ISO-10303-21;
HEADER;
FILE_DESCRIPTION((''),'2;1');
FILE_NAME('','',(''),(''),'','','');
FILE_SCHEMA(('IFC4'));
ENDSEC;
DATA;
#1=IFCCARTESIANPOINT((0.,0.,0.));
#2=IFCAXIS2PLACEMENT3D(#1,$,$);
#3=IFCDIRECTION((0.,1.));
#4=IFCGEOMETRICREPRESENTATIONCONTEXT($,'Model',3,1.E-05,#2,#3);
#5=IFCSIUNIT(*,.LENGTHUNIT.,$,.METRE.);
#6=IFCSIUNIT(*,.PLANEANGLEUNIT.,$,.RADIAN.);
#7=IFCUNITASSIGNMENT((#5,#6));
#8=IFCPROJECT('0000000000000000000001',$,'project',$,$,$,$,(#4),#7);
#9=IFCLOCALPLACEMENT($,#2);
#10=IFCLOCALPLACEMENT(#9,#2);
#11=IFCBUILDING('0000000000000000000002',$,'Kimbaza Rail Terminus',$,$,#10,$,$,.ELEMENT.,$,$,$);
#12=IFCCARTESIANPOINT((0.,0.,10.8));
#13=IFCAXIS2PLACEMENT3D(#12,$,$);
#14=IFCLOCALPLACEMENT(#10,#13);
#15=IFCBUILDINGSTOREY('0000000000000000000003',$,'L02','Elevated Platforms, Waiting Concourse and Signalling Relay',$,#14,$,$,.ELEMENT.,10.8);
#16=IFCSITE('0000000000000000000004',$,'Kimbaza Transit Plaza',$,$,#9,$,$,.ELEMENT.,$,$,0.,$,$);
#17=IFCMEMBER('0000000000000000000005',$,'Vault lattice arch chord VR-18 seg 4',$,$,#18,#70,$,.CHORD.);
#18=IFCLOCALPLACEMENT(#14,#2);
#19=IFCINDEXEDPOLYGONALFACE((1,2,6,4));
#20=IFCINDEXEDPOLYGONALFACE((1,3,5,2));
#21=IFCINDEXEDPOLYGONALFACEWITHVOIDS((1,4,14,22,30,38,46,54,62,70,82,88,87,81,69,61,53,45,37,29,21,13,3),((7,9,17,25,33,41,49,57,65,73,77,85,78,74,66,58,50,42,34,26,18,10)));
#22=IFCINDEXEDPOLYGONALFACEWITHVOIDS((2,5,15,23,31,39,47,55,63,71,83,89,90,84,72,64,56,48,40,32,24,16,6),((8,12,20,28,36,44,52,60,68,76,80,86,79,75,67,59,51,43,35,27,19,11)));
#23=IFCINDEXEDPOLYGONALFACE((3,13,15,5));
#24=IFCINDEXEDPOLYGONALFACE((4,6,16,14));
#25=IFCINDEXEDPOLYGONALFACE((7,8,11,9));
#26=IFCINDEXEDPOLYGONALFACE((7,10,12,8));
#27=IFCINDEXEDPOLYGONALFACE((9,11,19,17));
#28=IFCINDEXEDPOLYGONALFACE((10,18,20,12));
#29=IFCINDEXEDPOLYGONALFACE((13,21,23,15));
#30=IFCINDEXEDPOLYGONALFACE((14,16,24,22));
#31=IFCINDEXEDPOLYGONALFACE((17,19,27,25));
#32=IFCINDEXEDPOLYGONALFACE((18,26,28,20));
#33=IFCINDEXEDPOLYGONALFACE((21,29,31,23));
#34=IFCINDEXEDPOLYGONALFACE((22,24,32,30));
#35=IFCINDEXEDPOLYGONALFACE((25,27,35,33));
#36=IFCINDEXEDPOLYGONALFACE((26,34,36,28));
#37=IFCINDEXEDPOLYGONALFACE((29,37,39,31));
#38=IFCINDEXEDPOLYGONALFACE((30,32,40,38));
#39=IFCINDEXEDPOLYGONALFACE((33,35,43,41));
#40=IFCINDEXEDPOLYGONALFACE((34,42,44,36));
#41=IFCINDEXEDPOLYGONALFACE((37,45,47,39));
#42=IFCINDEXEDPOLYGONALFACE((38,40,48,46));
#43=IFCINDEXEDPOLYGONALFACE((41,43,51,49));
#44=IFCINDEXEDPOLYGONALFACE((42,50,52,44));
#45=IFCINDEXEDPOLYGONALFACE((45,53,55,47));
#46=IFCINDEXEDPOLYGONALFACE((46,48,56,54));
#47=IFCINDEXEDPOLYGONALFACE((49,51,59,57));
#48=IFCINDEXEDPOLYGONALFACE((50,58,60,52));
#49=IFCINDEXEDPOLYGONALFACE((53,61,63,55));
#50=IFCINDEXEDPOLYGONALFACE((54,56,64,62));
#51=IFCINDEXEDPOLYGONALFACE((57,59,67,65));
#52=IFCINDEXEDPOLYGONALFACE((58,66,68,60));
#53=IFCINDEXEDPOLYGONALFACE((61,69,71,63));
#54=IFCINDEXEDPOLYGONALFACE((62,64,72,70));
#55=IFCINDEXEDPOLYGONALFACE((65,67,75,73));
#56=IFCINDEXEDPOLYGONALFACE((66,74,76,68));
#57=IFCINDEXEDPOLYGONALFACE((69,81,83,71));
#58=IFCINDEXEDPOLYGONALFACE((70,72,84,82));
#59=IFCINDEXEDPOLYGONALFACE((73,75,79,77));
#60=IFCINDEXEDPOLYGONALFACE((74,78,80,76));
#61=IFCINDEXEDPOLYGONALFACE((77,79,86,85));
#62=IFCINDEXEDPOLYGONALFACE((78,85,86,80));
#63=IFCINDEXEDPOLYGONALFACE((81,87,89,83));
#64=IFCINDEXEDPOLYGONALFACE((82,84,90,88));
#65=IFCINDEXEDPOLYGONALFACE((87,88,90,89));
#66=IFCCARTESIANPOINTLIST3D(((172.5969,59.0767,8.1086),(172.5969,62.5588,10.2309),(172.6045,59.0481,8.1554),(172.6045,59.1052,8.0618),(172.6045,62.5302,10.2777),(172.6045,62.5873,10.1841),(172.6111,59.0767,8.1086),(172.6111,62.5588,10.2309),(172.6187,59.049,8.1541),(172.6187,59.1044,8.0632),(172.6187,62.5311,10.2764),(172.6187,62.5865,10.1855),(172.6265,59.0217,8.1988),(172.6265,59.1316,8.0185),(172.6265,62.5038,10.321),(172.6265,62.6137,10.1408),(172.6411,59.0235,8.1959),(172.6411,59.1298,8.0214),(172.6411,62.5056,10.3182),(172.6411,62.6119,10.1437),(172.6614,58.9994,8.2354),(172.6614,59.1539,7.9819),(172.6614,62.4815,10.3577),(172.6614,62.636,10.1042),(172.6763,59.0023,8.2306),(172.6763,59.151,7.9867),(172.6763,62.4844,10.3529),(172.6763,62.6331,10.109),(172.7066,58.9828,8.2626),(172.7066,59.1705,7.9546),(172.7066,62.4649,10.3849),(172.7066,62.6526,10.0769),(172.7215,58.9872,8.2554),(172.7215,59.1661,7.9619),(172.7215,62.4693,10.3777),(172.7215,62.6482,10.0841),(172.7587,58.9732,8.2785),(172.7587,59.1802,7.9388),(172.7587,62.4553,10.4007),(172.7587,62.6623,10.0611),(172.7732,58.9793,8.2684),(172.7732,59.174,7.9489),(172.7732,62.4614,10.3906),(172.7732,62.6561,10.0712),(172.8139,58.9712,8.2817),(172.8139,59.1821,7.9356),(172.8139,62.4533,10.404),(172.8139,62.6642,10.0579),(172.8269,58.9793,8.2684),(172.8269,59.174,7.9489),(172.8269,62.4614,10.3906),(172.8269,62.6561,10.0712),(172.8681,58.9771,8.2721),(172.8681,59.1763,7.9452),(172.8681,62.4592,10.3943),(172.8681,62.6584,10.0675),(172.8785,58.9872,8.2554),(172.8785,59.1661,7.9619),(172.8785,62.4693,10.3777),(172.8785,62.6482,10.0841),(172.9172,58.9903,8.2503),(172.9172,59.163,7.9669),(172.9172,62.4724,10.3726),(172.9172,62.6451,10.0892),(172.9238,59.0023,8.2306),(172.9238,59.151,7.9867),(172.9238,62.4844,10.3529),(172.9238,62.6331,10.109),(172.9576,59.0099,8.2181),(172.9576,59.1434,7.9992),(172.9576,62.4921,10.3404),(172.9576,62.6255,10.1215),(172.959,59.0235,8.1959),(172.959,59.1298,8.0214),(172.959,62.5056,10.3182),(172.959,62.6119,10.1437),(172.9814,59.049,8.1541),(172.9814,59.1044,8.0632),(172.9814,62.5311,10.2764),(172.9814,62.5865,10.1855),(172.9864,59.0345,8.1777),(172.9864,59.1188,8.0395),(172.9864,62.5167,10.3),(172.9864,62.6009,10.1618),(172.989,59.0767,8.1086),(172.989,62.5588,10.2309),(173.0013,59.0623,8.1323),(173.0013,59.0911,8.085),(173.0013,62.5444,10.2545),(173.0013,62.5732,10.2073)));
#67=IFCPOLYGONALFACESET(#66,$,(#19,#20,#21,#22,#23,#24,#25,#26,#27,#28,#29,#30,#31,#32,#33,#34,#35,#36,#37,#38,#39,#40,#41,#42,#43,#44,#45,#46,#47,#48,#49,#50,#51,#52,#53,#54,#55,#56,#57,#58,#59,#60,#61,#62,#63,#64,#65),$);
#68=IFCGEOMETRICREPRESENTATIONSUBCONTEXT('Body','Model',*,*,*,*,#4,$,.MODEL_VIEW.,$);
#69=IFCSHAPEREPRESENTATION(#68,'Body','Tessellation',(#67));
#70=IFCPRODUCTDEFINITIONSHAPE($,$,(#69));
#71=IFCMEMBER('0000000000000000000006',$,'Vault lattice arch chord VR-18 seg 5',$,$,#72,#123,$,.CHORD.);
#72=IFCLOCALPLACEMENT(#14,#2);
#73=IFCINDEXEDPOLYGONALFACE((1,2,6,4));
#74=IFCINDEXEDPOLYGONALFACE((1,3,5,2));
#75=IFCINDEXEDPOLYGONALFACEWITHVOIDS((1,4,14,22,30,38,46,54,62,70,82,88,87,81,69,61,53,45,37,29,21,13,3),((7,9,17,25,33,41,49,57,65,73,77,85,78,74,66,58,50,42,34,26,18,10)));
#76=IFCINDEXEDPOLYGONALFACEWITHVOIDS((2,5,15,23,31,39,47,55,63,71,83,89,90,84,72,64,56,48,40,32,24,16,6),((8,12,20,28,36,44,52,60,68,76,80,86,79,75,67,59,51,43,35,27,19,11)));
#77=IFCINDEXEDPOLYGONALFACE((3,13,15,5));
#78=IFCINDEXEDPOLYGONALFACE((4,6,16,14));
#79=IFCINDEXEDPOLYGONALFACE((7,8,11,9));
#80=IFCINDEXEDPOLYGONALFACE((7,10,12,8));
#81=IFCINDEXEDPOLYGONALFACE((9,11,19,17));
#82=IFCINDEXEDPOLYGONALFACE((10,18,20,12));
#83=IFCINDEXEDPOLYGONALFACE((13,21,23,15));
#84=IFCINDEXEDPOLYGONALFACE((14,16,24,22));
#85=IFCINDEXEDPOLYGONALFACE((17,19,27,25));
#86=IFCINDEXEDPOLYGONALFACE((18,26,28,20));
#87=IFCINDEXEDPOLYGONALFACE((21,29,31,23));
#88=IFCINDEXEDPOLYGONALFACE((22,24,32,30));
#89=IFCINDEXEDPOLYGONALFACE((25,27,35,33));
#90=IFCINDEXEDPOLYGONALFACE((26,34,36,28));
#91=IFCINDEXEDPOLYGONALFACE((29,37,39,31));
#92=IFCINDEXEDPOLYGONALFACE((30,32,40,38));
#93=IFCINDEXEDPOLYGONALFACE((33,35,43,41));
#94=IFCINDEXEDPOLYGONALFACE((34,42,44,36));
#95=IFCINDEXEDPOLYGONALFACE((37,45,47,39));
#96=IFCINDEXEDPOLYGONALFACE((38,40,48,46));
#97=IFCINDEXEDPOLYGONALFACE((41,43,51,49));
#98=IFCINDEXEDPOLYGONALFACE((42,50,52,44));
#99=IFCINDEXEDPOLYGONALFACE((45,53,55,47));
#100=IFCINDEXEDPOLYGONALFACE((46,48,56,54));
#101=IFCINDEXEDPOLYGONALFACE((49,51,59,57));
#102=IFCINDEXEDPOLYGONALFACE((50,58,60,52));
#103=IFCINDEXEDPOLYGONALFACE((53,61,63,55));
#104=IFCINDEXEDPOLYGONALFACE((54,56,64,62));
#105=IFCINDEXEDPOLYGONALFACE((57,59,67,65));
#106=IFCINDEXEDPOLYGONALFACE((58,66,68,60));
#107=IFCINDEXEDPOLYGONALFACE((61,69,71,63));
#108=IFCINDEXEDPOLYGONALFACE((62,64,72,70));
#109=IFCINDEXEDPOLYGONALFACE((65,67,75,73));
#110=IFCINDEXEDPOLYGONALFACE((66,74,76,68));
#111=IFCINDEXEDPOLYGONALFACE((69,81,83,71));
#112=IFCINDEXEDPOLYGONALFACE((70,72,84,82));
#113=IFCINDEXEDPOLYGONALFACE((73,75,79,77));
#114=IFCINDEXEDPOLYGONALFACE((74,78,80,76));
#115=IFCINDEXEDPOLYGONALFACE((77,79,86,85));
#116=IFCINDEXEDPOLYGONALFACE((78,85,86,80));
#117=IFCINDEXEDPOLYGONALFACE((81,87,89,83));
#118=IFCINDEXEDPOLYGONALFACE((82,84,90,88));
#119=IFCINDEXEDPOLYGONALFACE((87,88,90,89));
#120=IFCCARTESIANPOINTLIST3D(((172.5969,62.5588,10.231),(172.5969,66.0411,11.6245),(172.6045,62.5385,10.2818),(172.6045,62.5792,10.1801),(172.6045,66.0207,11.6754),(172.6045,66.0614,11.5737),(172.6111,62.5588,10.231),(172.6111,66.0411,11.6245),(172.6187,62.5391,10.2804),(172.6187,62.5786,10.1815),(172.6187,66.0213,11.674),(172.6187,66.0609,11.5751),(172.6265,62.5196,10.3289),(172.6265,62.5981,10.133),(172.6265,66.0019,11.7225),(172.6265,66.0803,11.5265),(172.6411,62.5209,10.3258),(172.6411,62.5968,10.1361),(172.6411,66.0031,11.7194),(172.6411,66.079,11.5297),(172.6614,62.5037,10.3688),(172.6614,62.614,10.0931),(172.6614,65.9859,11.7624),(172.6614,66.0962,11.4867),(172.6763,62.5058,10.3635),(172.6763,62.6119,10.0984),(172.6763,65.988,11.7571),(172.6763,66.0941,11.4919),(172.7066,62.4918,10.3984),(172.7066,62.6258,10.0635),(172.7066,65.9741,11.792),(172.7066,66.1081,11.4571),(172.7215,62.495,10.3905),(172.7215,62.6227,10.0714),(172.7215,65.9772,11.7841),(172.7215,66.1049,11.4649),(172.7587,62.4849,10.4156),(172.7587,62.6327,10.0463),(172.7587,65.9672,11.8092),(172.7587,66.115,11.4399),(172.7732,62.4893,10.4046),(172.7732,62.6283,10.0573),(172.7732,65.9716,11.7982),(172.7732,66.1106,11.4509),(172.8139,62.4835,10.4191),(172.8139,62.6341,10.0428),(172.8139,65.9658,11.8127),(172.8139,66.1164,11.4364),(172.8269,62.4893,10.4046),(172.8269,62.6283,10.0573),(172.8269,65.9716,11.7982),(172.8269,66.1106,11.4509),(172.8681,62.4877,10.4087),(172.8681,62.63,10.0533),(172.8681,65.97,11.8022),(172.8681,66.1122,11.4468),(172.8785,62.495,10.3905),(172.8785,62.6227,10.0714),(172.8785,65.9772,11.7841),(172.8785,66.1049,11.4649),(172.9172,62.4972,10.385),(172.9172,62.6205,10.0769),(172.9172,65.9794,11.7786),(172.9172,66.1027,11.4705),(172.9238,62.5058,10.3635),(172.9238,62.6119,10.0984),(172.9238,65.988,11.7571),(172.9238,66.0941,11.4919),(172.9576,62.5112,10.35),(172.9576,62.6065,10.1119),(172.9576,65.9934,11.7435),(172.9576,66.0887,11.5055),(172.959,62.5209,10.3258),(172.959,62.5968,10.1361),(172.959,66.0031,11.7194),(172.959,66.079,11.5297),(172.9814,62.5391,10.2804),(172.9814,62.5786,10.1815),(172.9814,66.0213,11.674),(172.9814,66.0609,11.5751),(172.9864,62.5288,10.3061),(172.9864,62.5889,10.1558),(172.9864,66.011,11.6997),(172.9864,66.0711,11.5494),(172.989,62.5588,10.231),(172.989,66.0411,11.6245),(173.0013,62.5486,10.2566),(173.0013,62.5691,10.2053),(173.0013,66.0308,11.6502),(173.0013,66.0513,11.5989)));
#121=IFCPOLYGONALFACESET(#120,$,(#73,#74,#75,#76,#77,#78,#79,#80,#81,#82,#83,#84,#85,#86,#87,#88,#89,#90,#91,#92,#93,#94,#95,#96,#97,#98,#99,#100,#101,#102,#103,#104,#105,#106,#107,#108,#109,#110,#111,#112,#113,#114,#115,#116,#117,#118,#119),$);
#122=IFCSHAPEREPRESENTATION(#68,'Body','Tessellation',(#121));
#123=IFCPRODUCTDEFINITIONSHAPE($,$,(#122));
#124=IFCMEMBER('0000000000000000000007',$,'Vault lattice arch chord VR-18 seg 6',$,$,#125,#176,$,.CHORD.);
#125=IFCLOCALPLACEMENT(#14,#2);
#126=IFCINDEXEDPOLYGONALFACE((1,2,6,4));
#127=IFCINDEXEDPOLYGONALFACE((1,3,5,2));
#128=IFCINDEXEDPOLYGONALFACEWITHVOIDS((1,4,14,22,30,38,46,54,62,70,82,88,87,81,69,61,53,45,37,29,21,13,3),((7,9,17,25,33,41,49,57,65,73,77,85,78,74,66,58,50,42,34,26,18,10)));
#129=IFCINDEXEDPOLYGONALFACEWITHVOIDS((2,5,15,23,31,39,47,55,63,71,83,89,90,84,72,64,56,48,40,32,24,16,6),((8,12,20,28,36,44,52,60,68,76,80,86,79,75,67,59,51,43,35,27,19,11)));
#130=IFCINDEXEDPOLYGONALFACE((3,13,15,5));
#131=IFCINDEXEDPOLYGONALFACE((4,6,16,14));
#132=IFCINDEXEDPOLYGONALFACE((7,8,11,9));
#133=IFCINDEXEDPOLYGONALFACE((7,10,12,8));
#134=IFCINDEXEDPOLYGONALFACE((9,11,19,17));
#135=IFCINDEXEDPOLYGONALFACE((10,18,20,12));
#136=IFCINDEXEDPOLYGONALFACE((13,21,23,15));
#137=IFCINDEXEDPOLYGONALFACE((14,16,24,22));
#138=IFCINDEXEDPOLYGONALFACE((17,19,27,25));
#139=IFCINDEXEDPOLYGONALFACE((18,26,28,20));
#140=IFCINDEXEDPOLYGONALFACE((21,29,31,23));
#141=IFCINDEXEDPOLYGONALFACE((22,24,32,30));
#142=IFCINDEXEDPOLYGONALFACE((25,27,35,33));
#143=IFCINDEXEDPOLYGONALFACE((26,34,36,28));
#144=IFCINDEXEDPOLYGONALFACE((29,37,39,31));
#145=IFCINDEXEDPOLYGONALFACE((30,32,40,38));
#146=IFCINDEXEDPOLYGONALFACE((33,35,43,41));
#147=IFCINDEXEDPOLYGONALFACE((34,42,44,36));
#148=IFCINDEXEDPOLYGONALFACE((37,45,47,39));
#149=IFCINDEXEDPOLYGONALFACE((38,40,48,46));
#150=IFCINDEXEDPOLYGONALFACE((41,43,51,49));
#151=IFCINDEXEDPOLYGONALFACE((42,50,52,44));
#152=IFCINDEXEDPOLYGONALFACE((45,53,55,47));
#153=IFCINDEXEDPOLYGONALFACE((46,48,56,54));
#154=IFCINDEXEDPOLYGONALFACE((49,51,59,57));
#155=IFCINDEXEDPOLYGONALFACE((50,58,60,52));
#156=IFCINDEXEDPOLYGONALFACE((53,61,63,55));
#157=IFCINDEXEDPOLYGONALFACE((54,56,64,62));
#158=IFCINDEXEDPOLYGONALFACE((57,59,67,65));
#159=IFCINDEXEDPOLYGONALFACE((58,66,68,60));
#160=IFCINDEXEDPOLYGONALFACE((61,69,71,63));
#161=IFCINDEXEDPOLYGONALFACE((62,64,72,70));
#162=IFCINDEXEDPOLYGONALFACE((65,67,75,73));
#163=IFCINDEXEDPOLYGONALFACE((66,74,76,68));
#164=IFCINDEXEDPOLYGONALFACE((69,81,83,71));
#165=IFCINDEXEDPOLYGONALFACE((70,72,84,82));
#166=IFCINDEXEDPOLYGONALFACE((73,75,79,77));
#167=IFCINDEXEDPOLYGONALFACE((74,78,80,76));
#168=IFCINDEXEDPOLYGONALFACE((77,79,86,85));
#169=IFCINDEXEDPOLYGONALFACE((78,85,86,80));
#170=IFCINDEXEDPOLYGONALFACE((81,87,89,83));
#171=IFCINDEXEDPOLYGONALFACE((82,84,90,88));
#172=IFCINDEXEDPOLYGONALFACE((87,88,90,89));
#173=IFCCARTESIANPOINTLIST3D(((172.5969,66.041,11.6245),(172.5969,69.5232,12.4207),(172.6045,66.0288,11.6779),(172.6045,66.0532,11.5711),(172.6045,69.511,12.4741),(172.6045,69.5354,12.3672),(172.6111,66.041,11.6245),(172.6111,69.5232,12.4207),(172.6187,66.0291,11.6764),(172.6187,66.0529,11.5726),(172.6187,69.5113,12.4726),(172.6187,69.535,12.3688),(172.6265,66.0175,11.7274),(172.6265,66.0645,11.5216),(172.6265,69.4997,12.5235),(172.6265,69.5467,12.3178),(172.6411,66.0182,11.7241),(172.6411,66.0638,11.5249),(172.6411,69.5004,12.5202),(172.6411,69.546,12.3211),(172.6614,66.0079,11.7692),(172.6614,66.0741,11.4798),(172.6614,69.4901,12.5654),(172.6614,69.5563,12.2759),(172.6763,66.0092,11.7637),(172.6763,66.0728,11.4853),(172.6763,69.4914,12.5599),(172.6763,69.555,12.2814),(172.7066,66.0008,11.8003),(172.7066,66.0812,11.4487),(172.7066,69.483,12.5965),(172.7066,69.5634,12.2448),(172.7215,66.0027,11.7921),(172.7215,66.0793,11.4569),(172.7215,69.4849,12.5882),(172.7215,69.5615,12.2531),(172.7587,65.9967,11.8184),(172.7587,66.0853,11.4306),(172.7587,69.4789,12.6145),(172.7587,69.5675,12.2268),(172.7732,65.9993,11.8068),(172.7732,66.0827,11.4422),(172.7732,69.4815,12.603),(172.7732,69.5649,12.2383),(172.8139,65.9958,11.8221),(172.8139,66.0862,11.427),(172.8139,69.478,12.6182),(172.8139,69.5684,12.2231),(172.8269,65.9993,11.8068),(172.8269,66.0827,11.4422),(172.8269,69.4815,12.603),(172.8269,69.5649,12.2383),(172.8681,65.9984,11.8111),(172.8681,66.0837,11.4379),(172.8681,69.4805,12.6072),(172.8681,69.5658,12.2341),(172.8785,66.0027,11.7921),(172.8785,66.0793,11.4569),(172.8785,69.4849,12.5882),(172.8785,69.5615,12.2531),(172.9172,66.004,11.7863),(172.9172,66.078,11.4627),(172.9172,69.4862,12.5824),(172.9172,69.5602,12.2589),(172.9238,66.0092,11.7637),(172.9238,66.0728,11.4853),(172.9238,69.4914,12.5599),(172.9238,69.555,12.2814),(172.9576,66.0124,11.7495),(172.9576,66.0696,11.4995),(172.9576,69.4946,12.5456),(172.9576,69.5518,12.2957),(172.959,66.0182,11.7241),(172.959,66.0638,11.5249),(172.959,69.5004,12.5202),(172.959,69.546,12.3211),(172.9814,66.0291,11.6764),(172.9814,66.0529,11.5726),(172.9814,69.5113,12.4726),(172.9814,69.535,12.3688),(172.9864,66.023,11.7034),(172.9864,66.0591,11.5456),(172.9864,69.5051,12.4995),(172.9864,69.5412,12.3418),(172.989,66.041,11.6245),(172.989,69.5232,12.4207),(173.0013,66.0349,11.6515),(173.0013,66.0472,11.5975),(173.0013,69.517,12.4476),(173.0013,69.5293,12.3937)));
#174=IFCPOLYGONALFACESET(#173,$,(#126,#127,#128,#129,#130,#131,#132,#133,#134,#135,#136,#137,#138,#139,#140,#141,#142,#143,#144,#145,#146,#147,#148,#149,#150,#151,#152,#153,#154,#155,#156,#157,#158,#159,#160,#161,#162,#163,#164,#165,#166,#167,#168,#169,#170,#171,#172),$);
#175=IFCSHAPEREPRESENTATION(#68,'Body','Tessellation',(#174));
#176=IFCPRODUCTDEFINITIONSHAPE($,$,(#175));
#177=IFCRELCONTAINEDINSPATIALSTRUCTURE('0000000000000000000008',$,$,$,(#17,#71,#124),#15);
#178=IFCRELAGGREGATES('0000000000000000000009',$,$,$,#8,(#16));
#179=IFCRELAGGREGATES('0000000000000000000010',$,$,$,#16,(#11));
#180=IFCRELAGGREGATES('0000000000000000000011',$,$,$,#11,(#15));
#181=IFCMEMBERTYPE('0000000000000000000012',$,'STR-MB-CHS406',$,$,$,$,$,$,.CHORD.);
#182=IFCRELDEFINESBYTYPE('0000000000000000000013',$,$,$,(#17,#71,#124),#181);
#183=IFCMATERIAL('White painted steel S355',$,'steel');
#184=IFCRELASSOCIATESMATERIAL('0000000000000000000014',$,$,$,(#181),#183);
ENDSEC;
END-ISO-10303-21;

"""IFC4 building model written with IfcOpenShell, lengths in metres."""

from ifc_helpers import new_model, si_unit, direction, frame, origin, origin_2d, place, context, subcontext, project, spatial, hollow_circle, extrude, material, material_profile, profile_set, type_object, element, save


model = new_model("IFC4")

# Units and contexts
model_context = context("Model", 3, precision=1e-05, world=origin(), true_north=direction((0.0, 1.0)))
body_context = subcontext(model_context, "Body", "Model", "MODEL_VIEW")
ifc_project = project(units=[si_unit("LENGTHUNIT", "METRE"), si_unit("PLANEANGLEUNIT", "RADIAN")], contexts=[model_context])

# Site, building, storey
site_placement = place(None, origin())
site = spatial("IfcSite", under=ifc_project, at=site_placement, Name="Kimbaza Transit Plaza", CompositionType="ELEMENT", RefElevation=0.0)
building_placement = place(site_placement, origin())
building = spatial("IfcBuilding", under=site, at=building_placement, Name="Kimbaza Rail Terminus", CompositionType="ELEMENT")
storey_placement = place(building_placement, frame((0.0, 0.0, 10.8)))
storey = spatial("IfcBuildingStorey", under=building, at=storey_placement, Name="L02", Description="Elevated Platforms, Waiting Concourse and Signalling Relay", CompositionType="ELEMENT", Elevation=10.8)

# Members
ifc_material_1 = material(Name="White painted steel S355", Category="steel")
ifc_material_profile_1 = material_profile(ifc_material_1, hollow_circle(Radius=0.2031, WallThickness=0.0142, at=origin_2d()), Name="CHS 406.4x14.2")
ifc_profile_set_1 = profile_set([ifc_material_profile_1], Name="White painted steel S355")
member_type_1 = type_object("IfcMemberType", Name="STR-MB-CHS406", PredefinedType="CHORD", material=ifc_profile_set_1)
member_1_placement = place(storey_placement, frame((172.8, 59.0767, 8.1086), z_axis=(0.0, 0.853901, 0.520435), x_axis=(-1.0, 0.0, 0.0)))
element("IfcMember", 1, at=member_1_placement, inside=storey, type_object=member_type_1, Name="Vault lattice arch chord VR-18 seg 4", PredefinedType="CHORD", context=body_context, shape_type="SweptSolid", body=[
    extrude(hollow_circle(Radius=0.2031, WallThickness=0.0142, at=origin_2d()), origin(), (0.0, 0.0, 1.0), 4.0779),
])
member_2_placement = place(storey_placement, frame((172.8, 62.5588, 10.231), z_axis=(0.0, 0.928414, 0.371548), x_axis=(-1.0, 0.0, 0.0)))
element("IfcMember", 2, at=member_2_placement, inside=storey, type_object=member_type_1, Name="Vault lattice arch chord VR-18 seg 5", PredefinedType="CHORD", context=body_context, shape_type="SweptSolid", body=[
    extrude(hollow_circle(Radius=0.2031, WallThickness=0.0142, at=origin_2d()), origin(), (0.0, 0.0, 1.0), 3.7507),
])
member_3_placement = place(storey_placement, frame((172.8, 66.041, 11.6245), z_axis=(0.0, 0.974845, 0.222882), x_axis=(-1.0, 0.0, 0.0)))
element("IfcMember", 3, at=member_3_placement, inside=storey, type_object=member_type_1, Name="Vault lattice arch chord VR-18 seg 6", PredefinedType="CHORD", context=body_context, shape_type="SweptSolid", body=[
    extrude(hollow_circle(Radius=0.2031, WallThickness=0.0142, at=origin_2d()), origin(), (0.0, 0.0, 1.0), 3.572),
])

save(model, "model.ifc")
